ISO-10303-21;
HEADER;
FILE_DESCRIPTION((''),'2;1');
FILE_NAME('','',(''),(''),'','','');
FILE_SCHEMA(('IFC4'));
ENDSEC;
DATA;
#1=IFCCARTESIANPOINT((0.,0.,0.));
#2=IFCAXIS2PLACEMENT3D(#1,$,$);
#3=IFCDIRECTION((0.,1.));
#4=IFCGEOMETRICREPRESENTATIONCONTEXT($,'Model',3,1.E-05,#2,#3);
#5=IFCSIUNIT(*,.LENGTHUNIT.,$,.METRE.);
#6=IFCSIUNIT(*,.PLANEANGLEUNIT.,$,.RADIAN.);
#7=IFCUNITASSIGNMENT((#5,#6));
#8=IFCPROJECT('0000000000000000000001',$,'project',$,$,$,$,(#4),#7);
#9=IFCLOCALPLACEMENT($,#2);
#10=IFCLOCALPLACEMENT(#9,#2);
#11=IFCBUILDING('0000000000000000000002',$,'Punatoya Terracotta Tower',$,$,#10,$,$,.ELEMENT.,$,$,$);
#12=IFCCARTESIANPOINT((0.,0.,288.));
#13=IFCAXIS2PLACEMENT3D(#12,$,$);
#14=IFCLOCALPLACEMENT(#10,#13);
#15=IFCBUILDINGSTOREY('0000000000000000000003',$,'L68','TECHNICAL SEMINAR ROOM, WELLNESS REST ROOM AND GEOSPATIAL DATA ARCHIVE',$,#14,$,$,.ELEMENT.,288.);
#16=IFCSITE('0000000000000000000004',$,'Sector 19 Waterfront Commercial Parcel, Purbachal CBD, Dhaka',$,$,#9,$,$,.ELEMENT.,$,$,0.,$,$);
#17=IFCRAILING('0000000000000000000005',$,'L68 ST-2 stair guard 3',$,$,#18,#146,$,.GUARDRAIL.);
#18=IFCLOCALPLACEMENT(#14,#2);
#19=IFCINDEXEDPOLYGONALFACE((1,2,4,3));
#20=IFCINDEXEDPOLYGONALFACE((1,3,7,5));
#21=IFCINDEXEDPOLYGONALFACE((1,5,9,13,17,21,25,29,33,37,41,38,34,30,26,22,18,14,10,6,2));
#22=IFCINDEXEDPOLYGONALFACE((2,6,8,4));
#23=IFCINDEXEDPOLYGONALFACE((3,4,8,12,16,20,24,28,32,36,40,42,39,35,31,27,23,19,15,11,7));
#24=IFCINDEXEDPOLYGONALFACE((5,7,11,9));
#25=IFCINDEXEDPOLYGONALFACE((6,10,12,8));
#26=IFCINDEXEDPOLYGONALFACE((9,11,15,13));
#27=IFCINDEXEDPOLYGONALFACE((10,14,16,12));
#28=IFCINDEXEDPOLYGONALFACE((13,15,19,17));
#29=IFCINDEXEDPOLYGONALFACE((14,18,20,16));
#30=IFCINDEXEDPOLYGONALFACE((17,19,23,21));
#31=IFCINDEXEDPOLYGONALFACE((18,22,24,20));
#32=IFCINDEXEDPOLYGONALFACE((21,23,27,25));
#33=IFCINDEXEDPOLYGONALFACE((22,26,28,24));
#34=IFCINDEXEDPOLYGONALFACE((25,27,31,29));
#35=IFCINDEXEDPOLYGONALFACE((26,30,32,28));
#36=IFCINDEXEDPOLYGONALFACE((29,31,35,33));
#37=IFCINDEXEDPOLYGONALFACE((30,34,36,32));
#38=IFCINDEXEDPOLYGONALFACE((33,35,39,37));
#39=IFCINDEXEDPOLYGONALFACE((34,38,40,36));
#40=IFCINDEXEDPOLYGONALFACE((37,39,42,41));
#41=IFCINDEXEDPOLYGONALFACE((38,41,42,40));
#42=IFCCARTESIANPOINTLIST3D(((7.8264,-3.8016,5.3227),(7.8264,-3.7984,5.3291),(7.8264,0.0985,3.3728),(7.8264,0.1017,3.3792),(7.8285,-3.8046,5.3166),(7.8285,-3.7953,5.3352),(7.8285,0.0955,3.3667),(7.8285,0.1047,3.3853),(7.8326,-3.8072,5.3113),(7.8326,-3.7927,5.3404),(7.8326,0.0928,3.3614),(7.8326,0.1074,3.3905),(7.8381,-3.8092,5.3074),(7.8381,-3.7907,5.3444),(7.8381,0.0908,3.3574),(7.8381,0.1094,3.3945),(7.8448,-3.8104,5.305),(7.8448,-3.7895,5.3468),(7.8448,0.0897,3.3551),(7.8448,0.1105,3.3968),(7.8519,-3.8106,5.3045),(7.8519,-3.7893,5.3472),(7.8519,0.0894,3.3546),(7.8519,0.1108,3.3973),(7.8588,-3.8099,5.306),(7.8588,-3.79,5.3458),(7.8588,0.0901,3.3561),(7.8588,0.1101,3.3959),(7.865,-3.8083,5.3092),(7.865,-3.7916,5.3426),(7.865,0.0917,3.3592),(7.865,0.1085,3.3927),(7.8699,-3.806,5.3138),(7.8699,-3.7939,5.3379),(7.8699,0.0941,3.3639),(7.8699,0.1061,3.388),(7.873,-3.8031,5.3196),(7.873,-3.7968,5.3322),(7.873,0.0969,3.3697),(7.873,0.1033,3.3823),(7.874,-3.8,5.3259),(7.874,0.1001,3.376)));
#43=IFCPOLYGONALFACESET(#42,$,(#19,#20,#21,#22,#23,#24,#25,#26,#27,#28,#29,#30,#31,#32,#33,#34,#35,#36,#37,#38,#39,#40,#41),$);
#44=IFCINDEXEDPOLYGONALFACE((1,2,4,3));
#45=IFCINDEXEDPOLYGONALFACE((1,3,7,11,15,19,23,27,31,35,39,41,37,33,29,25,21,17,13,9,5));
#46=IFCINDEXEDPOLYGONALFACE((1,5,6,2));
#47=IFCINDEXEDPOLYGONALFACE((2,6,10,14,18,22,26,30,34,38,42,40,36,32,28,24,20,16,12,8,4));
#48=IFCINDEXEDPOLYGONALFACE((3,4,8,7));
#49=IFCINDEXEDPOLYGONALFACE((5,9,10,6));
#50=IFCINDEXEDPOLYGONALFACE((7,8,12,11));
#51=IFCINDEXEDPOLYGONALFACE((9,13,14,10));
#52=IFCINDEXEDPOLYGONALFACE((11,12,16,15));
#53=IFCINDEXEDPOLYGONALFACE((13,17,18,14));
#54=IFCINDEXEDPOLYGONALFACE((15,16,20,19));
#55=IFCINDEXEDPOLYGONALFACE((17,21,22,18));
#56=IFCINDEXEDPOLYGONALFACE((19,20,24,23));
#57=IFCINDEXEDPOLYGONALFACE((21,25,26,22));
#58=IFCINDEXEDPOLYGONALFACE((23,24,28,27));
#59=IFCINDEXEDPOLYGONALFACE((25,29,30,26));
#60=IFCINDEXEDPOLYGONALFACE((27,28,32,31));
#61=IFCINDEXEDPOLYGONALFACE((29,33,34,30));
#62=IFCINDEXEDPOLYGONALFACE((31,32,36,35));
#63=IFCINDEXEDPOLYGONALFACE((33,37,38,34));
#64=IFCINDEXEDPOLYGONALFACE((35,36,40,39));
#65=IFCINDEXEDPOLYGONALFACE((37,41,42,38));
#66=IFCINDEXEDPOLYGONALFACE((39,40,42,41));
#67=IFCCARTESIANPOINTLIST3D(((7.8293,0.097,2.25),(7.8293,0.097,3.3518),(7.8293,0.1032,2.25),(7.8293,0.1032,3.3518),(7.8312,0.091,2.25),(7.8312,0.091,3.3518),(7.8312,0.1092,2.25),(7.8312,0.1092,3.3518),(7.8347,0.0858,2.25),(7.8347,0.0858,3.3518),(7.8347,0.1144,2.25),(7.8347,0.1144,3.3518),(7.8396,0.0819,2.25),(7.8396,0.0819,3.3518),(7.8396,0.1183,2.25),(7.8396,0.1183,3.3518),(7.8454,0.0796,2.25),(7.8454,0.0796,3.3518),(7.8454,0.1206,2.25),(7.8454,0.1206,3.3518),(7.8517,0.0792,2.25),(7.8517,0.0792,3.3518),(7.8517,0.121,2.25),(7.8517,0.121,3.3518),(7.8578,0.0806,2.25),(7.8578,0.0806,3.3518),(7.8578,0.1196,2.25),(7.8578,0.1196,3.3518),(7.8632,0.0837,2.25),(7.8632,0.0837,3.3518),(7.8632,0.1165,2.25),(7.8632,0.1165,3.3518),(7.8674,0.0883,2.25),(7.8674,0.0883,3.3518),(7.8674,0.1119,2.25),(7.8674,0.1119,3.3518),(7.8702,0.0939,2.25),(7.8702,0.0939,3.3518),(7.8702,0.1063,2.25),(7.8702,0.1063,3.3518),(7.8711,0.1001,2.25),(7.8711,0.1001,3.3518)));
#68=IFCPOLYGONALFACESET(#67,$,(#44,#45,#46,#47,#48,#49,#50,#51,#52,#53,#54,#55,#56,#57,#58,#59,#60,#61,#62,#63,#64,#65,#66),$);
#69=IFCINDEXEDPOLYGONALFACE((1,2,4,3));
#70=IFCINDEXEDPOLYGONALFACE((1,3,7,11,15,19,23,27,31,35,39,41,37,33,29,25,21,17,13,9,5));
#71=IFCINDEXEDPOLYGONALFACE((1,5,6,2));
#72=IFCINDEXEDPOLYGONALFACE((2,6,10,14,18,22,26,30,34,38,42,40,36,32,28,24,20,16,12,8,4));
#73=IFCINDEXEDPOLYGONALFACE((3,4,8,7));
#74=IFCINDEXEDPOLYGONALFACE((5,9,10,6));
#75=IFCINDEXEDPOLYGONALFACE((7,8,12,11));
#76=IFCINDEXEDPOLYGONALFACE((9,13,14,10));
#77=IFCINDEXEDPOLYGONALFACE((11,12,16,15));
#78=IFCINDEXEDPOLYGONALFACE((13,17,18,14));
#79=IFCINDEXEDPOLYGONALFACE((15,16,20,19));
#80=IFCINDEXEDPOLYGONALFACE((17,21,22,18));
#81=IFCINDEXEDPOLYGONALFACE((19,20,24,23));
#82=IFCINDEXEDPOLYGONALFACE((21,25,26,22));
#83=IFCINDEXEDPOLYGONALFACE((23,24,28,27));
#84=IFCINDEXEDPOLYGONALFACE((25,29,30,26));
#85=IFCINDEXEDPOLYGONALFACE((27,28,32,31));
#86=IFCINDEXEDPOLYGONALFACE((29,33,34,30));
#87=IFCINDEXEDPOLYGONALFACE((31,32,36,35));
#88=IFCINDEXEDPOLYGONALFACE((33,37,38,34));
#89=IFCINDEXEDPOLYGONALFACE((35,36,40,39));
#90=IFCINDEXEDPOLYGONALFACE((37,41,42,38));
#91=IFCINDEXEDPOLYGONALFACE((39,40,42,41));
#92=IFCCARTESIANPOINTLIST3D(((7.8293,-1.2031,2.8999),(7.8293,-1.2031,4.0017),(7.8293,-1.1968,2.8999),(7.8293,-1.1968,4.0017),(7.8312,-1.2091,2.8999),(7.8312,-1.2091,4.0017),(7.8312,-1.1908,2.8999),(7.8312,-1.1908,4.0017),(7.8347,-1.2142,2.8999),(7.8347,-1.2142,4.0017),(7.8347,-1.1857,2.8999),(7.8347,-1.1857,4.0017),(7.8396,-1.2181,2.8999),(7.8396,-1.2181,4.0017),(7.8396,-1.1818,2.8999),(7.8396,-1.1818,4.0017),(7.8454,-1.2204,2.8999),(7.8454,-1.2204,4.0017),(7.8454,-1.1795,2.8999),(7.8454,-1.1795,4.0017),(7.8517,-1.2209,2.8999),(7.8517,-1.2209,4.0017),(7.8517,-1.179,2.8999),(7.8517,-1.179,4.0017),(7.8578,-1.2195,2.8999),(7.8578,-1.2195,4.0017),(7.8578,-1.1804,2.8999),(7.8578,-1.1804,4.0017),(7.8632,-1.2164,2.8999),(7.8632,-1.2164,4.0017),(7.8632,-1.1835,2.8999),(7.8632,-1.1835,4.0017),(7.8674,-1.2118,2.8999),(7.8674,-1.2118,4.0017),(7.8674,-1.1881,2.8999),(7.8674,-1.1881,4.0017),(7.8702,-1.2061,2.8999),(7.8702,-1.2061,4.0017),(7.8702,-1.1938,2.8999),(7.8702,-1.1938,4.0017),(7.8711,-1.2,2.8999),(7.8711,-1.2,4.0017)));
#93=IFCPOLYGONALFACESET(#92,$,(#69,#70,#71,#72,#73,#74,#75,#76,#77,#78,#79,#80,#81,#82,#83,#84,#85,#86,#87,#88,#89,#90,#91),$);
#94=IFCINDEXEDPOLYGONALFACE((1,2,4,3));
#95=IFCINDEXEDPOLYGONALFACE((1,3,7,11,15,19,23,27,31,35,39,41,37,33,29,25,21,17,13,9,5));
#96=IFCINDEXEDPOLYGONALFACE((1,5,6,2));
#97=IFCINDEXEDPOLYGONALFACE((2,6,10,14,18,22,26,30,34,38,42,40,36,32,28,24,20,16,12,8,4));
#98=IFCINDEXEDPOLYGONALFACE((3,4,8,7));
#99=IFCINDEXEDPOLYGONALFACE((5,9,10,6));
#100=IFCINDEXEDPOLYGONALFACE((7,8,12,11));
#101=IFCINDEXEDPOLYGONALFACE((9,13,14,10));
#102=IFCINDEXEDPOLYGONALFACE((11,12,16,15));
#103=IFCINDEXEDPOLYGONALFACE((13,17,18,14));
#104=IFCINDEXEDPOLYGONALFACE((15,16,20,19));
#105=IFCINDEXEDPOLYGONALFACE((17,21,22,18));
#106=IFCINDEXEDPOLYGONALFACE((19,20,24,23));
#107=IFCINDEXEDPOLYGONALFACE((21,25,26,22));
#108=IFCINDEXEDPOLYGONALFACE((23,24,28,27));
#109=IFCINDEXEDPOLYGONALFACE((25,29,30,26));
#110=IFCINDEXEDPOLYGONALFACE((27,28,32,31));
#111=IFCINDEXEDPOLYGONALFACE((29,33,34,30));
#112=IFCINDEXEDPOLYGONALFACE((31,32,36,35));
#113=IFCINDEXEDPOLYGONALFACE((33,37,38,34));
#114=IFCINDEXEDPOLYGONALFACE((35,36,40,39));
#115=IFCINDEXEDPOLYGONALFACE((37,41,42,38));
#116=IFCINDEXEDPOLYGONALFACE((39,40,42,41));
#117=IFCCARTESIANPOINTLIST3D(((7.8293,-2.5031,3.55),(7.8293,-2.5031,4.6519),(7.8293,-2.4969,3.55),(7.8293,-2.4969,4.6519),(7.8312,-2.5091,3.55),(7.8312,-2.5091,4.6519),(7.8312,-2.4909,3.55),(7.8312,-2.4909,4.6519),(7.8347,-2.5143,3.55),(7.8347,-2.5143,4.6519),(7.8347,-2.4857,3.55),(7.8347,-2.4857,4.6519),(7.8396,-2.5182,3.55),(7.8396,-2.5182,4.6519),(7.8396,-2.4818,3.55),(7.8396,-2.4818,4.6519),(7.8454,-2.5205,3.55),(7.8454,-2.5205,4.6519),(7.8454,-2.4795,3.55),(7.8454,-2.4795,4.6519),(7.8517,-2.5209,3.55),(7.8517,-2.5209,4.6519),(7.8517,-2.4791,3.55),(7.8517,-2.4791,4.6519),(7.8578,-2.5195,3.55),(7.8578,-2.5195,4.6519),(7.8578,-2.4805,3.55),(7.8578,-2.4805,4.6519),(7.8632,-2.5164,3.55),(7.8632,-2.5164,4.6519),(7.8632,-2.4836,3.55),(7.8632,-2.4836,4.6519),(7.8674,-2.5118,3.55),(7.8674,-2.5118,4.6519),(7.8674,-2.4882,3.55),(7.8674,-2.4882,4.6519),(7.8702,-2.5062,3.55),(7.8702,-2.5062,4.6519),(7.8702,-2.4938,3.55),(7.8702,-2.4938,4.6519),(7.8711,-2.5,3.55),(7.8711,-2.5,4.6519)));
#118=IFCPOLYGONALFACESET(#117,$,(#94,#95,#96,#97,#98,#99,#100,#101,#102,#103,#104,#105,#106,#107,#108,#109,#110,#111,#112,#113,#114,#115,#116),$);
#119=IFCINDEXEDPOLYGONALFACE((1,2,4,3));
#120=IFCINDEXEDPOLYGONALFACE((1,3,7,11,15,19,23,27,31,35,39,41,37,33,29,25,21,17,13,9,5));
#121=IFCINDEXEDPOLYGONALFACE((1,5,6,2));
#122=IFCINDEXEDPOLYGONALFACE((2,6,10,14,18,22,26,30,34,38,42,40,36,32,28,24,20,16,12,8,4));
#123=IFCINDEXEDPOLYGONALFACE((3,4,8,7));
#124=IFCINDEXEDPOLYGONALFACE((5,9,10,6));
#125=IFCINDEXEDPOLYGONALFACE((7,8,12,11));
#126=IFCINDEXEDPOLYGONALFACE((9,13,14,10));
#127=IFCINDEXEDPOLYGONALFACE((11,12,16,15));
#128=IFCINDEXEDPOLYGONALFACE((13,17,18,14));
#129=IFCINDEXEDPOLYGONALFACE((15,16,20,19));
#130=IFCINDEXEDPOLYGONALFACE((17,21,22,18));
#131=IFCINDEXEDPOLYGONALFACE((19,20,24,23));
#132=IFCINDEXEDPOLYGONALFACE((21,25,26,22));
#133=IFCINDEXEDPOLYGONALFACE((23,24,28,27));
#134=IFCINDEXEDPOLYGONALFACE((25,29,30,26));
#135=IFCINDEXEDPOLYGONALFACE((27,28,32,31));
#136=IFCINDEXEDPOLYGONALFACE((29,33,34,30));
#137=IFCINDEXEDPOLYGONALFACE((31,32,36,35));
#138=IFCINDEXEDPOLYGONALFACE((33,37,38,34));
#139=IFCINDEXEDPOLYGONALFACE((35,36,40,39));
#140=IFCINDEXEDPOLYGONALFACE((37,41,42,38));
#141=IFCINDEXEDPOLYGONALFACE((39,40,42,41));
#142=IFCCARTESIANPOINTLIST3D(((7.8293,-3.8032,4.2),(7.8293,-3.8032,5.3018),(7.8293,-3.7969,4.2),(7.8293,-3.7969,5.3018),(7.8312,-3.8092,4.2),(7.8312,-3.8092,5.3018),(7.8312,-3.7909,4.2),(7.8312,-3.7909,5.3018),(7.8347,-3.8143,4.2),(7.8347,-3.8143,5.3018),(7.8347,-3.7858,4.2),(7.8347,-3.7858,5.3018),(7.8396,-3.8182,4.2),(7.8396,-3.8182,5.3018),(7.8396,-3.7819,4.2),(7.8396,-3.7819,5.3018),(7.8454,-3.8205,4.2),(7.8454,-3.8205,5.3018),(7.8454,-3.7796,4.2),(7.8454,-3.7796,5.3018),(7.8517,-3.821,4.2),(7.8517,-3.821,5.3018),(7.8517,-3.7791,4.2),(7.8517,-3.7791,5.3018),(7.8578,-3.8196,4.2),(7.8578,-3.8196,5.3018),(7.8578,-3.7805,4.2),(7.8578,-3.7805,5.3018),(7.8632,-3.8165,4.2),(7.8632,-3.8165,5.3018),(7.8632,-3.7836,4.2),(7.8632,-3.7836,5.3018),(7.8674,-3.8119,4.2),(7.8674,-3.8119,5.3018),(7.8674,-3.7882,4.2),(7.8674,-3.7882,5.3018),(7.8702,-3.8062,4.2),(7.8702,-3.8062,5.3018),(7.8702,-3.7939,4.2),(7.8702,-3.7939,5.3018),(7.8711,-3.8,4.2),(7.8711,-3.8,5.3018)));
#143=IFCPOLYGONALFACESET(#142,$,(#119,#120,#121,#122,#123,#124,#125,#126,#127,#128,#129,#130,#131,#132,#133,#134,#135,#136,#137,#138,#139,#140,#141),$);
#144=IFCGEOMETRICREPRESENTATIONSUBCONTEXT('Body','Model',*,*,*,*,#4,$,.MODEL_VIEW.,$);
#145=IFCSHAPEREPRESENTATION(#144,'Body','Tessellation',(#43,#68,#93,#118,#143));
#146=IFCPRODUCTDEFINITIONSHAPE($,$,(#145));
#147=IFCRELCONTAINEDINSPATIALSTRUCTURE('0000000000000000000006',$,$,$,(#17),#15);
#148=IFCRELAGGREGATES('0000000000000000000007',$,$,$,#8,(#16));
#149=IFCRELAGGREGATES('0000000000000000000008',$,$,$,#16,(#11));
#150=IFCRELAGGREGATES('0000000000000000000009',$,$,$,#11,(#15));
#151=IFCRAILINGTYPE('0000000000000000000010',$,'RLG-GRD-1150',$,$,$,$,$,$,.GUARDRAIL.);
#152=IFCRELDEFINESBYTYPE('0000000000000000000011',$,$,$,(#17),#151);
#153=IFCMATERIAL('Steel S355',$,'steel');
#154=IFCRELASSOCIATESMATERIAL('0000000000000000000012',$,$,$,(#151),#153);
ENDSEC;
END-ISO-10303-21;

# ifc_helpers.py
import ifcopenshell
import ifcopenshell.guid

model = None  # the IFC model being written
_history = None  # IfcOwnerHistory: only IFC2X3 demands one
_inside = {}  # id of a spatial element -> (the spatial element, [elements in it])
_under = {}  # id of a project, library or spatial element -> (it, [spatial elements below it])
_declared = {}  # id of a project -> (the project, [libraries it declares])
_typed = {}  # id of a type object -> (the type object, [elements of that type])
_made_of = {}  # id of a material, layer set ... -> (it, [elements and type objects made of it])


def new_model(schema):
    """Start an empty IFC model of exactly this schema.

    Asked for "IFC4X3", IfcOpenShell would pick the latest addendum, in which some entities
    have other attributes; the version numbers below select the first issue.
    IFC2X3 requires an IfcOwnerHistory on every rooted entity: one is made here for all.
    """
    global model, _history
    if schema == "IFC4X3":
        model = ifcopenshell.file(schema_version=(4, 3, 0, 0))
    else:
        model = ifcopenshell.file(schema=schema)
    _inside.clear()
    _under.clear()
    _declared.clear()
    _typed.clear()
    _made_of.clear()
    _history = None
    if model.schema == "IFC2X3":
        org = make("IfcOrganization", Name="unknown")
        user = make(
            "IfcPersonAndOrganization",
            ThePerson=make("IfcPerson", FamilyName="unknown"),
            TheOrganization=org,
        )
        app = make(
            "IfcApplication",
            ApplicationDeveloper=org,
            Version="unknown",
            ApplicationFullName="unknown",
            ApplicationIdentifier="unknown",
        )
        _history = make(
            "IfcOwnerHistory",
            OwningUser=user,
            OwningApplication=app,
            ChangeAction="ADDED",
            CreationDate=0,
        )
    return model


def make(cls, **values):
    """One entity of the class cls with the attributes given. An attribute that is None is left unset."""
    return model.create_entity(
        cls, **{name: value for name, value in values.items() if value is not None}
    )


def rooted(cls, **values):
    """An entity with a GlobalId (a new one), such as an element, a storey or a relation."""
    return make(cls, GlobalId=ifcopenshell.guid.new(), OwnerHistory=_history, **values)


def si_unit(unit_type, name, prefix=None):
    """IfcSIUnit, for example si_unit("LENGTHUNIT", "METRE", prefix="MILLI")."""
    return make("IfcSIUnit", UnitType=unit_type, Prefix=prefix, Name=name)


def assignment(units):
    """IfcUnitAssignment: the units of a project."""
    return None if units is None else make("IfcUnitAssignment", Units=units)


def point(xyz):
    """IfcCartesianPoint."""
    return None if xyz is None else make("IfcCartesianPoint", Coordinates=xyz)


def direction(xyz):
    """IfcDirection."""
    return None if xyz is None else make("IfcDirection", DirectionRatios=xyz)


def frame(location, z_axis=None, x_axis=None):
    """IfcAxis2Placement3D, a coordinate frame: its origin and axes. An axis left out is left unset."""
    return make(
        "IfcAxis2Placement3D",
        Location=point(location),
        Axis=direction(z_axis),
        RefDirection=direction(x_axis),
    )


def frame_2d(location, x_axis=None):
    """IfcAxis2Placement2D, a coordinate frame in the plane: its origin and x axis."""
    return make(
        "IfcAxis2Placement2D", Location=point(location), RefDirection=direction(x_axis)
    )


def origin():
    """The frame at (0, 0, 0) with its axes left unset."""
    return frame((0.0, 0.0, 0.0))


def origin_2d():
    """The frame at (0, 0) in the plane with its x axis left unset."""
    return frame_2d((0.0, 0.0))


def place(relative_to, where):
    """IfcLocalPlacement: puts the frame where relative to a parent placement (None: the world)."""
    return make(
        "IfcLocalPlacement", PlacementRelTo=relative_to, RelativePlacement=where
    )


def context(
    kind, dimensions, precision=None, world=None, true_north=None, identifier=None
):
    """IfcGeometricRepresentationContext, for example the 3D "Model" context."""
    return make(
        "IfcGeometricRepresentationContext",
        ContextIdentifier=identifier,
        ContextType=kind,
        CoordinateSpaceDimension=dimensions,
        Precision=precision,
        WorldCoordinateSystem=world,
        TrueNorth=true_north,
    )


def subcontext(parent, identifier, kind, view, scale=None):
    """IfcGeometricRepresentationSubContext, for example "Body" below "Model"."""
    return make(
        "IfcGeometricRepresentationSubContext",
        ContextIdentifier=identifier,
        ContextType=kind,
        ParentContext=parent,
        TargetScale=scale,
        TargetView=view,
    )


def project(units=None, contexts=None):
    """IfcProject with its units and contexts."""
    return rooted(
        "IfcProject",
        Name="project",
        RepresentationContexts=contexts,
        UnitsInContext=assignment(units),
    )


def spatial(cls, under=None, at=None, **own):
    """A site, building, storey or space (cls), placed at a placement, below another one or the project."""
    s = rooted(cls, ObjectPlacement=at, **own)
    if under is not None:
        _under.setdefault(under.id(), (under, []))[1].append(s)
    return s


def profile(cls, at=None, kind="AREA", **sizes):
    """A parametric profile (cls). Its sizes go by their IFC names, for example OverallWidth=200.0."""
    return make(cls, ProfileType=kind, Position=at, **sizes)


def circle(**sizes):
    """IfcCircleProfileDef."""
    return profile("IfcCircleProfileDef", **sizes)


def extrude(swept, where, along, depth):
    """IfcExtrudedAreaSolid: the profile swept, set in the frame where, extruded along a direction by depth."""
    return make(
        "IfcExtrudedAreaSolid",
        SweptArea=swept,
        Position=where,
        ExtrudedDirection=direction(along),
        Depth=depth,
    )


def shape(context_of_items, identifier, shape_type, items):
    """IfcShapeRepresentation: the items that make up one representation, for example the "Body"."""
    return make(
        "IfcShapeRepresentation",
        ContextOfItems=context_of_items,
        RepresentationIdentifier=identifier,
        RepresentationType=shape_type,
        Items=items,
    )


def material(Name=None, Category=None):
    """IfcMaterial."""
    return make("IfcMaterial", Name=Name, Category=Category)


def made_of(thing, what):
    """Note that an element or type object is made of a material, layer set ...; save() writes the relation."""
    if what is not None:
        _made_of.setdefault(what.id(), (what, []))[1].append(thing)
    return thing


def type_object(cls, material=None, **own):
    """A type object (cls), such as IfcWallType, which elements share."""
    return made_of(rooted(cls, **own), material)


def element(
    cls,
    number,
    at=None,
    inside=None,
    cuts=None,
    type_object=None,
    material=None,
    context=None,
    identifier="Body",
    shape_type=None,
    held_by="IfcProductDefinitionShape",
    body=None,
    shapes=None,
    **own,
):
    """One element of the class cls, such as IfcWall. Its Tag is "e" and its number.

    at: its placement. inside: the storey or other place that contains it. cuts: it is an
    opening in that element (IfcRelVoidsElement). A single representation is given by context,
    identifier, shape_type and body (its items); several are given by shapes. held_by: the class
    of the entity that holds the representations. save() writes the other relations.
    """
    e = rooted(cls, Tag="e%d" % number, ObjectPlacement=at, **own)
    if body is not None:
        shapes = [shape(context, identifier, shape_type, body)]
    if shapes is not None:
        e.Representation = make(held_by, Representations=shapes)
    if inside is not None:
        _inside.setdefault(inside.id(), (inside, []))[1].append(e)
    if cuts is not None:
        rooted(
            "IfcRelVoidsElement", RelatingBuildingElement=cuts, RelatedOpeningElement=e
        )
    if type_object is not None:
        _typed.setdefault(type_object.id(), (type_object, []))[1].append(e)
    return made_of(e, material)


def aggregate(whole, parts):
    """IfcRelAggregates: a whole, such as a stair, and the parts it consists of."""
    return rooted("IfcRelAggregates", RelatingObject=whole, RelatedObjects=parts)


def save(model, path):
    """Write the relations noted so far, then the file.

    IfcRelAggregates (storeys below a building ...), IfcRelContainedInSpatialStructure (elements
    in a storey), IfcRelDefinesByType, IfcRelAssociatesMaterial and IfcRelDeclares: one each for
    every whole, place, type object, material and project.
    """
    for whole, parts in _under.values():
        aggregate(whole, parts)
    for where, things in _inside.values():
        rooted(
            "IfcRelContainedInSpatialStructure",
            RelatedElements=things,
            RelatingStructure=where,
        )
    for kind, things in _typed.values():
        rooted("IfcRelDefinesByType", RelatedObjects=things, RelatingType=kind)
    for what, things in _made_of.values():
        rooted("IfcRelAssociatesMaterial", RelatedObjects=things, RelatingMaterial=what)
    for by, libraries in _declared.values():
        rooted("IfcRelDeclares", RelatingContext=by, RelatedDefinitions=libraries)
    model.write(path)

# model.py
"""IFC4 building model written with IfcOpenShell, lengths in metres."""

from ifc_helpers import new_model, si_unit, direction, frame, origin, origin_2d, place, context, subcontext, project, spatial, circle, extrude, material, type_object, element, save


model = new_model("IFC4")

# Units and contexts
model_context = context("Model", 3, precision=1e-05, world=origin(), true_north=direction((0.0, 1.0)))
body_context = subcontext(model_context, "Body", "Model", "MODEL_VIEW")
ifc_project = project(units=[si_unit("LENGTHUNIT", "METRE"), si_unit("PLANEANGLEUNIT", "RADIAN")], contexts=[model_context])

# Site, building, storey
site_placement = place(None, origin())
site = spatial("IfcSite", under=ifc_project, at=site_placement, Name="Sector 19 Waterfront Commercial Parcel, Purbachal CBD, Dhaka", CompositionType="ELEMENT", RefElevation=0.0)
building_placement = place(site_placement, origin())
building = spatial("IfcBuilding", under=site, at=building_placement, Name="Punatoya Terracotta Tower", CompositionType="ELEMENT")
storey_placement = place(building_placement, frame((0.0, 0.0, 288.0)))
storey = spatial("IfcBuildingStorey", under=building, at=storey_placement, Name="L68", Description="TECHNICAL SEMINAR ROOM, WELLNESS REST ROOM AND GEOSPATIAL DATA ARCHIVE", CompositionType="ELEMENT", Elevation=288.0)

# Shared definitions
ifc_material_1 = material(Name="Steel S355", Category="steel")

# Railing
railing_type_1 = type_object("IfcRailingType", Name="RLG-GRD-1150", PredefinedType="GUARDRAIL", material=ifc_material_1)
railing_1_placement = place(storey_placement, frame((7.8501, 0.1001, 2.25)))
element("IfcRailing", 1, at=railing_1_placement, inside=storey, type_object=railing_type_1, Name="L68 ST-2 stair guard 3", PredefinedType="GUARDRAIL", context=body_context, shape_type="SweptSolid", body=[
    extrude(circle(Radius=0.0239, at=origin_2d()), frame((0.0, 0.0, 1.126), z_axis=(0.0, -0.894438, 0.447191), x_axis=(1.0, 0.0, 0.0)), (0.0, 0.0, 1.0), 4.3604),
    extrude(circle(Radius=0.021, at=origin_2d()), origin(), (0.0, 0.0, 1.0), 1.1018),
    extrude(circle(Radius=0.021, at=origin_2d()), frame((0.0, -1.3, 0.6499)), (0.0, 0.0, 1.0), 1.1018),
    extrude(circle(Radius=0.021, at=origin_2d()), frame((0.0, -2.6001, 1.3)), (0.0, 0.0, 1.0), 1.1018),
    extrude(circle(Radius=0.021, at=origin_2d()), frame((0.0, -3.9001, 1.95)), (0.0, 0.0, 1.0), 1.1018),
])

save(model, "model.ifc")
